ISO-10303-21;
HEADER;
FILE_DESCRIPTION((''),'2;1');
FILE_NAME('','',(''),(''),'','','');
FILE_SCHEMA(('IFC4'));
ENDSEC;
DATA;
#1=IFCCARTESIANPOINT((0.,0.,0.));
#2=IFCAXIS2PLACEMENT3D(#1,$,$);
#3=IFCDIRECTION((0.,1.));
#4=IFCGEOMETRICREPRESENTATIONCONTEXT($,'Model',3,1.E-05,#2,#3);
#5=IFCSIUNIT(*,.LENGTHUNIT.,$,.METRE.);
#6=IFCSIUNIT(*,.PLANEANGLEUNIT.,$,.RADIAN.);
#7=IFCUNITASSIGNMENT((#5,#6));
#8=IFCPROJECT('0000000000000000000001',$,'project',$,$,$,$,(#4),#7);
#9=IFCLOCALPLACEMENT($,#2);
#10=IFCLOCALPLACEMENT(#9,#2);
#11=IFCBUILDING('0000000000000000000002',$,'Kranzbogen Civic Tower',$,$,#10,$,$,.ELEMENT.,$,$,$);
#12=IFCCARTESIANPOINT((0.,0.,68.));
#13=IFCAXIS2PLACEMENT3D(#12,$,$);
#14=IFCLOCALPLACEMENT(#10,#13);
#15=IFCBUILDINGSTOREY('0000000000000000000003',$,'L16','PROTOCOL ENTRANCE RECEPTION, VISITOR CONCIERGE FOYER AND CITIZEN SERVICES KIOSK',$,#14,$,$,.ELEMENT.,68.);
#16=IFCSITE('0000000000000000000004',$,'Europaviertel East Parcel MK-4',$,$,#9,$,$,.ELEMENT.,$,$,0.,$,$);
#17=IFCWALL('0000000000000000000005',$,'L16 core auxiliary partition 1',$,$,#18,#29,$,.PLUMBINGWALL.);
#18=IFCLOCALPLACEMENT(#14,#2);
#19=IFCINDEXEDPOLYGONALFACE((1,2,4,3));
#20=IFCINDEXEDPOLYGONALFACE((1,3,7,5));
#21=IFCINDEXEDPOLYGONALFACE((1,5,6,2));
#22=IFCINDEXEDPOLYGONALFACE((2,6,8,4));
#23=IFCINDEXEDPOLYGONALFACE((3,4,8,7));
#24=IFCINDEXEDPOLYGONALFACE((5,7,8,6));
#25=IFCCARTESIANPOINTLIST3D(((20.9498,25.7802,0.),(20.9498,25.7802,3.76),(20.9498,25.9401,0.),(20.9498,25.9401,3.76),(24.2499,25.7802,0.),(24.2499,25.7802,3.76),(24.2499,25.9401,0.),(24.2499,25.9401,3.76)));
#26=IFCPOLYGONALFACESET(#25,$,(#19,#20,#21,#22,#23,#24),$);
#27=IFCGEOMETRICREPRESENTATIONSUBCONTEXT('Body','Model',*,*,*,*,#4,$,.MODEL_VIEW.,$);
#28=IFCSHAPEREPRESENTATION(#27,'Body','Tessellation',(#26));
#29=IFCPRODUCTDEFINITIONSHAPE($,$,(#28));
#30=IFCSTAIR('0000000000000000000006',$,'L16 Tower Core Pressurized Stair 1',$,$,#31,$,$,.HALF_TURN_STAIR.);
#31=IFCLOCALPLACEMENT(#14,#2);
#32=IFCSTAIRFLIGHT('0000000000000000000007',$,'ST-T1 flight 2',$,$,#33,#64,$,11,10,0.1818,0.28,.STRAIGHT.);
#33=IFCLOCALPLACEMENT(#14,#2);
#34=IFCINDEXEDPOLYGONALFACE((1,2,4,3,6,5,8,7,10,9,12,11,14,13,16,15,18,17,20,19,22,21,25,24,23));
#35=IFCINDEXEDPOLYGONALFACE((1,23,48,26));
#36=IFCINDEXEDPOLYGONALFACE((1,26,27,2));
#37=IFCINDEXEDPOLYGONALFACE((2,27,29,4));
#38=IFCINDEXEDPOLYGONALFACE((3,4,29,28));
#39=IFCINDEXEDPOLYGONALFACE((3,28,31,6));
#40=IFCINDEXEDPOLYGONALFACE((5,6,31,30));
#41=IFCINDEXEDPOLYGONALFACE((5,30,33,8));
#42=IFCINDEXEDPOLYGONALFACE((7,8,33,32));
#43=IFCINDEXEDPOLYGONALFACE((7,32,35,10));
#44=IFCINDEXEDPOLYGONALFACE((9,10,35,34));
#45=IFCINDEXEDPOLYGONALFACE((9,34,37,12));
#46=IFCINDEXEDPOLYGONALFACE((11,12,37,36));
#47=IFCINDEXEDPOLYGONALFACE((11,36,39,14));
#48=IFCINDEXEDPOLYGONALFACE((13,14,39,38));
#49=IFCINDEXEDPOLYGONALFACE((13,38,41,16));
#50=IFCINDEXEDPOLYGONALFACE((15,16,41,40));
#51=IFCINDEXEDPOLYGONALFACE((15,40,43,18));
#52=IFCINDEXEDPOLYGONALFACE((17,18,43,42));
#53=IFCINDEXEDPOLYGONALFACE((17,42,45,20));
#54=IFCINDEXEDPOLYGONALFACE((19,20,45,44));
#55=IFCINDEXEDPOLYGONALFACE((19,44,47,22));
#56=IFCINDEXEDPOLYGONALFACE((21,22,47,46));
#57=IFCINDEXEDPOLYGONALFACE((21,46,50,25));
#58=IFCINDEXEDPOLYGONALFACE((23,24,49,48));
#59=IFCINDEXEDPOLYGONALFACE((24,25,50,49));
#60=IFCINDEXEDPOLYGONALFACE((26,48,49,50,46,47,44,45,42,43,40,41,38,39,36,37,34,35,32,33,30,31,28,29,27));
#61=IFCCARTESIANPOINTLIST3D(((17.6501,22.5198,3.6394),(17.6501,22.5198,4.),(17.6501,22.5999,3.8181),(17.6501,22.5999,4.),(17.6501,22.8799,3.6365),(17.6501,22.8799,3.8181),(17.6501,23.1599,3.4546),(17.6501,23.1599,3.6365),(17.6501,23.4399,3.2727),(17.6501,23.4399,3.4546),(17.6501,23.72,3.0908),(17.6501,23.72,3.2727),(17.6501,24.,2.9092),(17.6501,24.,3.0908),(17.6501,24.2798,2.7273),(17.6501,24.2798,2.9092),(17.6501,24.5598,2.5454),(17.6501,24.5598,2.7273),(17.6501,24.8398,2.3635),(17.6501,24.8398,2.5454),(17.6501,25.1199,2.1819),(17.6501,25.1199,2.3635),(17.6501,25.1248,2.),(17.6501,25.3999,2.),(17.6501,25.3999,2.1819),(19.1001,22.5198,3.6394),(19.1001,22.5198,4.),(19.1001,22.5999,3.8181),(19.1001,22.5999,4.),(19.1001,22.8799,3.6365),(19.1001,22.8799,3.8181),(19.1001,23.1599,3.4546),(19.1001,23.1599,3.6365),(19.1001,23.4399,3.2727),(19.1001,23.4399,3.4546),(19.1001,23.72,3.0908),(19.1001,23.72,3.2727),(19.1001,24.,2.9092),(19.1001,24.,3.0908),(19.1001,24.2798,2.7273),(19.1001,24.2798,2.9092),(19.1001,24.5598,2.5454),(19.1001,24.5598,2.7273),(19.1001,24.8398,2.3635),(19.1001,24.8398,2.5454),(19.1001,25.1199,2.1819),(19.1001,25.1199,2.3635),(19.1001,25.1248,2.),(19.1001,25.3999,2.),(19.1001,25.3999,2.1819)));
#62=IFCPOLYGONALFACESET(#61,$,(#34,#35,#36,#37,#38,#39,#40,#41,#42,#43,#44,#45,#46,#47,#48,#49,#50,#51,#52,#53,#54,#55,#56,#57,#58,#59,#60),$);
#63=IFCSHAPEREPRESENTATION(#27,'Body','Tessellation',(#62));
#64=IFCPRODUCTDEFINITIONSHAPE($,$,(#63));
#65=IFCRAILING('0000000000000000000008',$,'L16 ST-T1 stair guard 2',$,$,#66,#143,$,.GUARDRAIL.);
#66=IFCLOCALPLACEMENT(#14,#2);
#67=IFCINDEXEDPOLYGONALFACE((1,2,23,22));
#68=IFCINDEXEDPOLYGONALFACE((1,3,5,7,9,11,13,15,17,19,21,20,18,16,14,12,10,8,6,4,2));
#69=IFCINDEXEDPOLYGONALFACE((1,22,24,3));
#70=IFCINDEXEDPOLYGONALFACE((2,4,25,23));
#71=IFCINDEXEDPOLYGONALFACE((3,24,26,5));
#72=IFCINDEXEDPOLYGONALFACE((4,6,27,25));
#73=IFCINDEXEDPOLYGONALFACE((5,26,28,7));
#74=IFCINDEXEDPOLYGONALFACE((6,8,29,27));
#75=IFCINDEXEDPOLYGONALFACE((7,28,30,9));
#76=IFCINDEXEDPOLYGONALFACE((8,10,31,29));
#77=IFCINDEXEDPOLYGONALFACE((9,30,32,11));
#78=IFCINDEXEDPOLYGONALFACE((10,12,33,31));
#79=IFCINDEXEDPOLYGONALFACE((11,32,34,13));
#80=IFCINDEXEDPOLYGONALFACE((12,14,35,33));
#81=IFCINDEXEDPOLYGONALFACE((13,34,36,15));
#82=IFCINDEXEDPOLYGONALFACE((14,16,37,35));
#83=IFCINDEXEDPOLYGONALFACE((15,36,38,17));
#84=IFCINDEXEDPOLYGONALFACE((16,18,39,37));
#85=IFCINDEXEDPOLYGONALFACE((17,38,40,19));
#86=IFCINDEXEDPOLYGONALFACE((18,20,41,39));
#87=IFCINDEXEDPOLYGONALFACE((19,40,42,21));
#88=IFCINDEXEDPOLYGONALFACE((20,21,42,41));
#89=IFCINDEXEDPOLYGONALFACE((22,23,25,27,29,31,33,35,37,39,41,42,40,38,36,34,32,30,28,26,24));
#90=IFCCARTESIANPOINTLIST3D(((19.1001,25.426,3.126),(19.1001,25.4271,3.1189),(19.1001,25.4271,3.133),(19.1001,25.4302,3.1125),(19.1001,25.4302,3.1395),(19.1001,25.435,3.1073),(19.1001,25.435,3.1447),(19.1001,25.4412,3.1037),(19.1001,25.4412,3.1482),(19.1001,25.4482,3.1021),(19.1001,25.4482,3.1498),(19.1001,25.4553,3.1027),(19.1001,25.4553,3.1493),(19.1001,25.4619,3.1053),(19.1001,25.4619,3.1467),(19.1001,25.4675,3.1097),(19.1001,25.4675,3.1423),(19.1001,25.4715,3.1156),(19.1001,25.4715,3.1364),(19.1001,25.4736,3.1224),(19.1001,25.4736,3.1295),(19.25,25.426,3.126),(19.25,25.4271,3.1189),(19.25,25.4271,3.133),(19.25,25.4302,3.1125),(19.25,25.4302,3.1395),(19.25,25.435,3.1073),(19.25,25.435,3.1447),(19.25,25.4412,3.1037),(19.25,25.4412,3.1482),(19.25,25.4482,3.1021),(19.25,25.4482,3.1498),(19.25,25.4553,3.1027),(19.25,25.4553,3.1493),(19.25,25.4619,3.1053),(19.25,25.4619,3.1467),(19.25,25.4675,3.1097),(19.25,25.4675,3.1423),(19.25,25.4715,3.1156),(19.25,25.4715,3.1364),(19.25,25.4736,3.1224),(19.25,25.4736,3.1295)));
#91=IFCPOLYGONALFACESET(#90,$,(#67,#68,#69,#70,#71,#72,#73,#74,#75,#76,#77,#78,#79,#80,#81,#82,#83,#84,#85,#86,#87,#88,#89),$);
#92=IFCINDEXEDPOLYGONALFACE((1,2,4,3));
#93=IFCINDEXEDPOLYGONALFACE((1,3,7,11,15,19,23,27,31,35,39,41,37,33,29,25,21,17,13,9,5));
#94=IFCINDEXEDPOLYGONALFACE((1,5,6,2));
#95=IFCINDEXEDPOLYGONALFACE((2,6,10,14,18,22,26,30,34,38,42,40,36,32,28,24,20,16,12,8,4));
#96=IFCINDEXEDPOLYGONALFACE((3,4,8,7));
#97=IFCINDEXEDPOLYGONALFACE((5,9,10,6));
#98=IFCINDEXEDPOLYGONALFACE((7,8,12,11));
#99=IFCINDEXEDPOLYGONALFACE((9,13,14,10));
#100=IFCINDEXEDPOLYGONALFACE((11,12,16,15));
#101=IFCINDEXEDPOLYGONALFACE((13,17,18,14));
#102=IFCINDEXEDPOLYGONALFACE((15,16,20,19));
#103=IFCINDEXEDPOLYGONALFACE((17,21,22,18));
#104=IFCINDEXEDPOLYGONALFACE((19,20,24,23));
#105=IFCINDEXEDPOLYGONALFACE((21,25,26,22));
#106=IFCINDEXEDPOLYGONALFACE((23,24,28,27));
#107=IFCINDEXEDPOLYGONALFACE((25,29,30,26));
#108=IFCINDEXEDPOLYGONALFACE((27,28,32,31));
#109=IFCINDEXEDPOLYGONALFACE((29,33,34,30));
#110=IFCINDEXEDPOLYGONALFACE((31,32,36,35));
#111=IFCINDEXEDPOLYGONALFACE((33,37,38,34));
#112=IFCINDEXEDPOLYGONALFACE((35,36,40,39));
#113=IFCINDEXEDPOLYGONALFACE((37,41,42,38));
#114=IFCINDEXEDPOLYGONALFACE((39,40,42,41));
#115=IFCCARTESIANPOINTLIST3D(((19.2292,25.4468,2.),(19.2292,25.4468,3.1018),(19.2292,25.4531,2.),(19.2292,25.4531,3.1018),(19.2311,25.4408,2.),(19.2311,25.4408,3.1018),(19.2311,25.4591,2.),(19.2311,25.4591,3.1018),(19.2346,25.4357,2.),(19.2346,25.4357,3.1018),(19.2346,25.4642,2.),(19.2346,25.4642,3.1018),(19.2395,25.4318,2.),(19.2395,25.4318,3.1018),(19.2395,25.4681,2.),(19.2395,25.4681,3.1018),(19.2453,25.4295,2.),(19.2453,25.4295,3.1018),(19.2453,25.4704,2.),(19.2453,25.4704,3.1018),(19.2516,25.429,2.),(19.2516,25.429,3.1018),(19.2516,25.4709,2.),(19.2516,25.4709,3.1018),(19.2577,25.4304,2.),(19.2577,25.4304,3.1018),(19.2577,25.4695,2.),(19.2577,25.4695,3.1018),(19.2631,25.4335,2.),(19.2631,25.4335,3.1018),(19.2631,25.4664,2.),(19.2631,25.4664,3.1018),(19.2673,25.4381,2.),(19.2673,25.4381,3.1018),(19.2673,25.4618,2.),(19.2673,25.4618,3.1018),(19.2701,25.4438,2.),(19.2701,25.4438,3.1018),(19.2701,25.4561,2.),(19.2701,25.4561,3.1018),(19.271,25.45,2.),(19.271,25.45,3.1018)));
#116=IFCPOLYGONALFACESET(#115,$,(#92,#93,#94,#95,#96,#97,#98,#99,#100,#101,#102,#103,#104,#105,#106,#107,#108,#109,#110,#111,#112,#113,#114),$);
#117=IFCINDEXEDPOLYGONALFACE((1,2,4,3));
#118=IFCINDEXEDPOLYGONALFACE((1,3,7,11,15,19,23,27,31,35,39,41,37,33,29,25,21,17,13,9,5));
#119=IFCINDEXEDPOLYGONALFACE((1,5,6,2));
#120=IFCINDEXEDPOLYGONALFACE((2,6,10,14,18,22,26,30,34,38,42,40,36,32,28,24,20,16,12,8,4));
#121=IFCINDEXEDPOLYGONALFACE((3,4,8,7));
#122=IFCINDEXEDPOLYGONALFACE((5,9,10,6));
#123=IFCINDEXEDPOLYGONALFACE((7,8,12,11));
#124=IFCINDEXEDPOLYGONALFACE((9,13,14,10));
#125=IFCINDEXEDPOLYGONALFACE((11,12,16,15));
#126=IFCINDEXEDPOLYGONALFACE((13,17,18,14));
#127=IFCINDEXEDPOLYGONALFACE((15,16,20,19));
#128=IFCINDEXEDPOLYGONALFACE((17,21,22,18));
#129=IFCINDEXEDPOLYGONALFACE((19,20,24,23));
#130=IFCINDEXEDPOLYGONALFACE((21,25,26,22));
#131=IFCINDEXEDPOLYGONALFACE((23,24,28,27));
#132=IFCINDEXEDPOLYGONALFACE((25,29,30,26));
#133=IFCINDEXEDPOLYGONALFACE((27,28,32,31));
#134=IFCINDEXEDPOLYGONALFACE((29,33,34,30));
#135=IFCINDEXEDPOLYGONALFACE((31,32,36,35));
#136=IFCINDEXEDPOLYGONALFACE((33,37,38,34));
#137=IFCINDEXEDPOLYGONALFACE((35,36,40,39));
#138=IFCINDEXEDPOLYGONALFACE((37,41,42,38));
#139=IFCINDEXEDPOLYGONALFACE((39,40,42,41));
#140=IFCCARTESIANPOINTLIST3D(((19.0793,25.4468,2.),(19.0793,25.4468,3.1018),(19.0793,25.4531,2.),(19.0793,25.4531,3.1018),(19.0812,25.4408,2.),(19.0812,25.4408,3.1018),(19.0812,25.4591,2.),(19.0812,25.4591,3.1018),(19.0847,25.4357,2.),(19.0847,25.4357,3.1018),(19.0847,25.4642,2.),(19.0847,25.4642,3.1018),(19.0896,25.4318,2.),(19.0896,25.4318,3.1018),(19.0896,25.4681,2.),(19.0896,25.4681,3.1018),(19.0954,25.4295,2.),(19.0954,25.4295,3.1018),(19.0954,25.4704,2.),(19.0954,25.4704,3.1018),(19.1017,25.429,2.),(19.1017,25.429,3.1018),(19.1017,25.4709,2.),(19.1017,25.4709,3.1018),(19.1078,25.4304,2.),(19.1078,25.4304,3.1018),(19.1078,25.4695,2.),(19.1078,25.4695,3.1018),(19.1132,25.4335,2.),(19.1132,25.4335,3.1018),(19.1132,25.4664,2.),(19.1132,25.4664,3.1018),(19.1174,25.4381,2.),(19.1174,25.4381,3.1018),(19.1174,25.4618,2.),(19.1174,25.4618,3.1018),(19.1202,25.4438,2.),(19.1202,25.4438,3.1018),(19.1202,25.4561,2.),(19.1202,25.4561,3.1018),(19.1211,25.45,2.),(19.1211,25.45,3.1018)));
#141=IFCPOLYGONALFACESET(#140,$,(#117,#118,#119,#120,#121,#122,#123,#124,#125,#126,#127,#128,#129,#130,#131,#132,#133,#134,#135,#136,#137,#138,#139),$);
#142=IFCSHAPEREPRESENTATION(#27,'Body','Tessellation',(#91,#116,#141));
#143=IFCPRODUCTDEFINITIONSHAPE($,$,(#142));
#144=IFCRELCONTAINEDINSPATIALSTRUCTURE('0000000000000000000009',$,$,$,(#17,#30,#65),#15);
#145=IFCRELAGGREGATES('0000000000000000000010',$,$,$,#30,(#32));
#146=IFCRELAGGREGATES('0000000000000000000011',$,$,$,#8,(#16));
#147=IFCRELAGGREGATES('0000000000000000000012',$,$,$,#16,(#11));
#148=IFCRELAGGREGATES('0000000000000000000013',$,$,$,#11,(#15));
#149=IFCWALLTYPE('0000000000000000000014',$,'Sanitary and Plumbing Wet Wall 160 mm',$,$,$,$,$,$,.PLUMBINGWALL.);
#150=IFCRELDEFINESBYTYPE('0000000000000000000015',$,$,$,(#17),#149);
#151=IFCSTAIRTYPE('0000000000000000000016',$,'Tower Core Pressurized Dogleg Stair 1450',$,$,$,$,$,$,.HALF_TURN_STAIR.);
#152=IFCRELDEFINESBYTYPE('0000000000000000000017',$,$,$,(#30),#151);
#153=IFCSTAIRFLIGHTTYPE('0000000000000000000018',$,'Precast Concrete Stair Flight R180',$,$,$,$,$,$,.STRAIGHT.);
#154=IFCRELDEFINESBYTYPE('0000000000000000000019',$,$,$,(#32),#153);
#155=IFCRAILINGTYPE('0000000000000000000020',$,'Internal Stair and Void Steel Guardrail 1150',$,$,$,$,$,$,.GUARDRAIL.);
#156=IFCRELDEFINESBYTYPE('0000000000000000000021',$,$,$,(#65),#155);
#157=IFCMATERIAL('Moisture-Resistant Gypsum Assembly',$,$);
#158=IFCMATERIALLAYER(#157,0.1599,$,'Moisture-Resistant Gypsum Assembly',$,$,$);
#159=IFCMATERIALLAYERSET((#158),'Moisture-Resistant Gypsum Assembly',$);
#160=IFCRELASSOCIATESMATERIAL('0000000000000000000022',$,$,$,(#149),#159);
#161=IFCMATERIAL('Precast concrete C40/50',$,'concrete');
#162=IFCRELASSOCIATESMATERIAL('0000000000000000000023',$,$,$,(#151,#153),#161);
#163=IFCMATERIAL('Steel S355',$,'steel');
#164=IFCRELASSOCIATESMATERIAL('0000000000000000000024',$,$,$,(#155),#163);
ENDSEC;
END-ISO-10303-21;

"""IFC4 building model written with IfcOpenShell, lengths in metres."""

from ifc_helpers import new_model, si_unit, direction, frame, frame_2d, origin, origin_2d, place, context, subcontext, project, spatial, polyline, rectangle, circle, outline, extrude, material, layer, layer_set, type_object, element, aggregate, save


model = new_model("IFC4")

# Units and contexts
model_context = context("Model", 3, precision=1e-05, world=origin(), true_north=direction((0.0, 1.0)))
body_context = subcontext(model_context, "Body", "Model", "MODEL_VIEW")
ifc_project = project(units=[si_unit("LENGTHUNIT", "METRE"), si_unit("PLANEANGLEUNIT", "RADIAN")], contexts=[model_context])

# Site, building, storey
site_placement = place(None, origin())
site = spatial("IfcSite", under=ifc_project, at=site_placement, Name="Europaviertel East Parcel MK-4", CompositionType="ELEMENT", RefElevation=0.0)
building_placement = place(site_placement, origin())
building = spatial("IfcBuilding", under=site, at=building_placement, Name="Kranzbogen Civic Tower", CompositionType="ELEMENT")
storey_placement = place(building_placement, frame((0.0, 0.0, 68.0)))
storey = spatial("IfcBuildingStorey", under=building, at=storey_placement, Name="L16", Description="PROTOCOL ENTRANCE RECEPTION, VISITOR CONCIERGE FOYER AND CITIZEN SERVICES KIOSK", CompositionType="ELEMENT", Elevation=68.0)

# Shared definitions
ifc_material_1 = material(Name="Steel S355", Category="steel")

# Wall
ifc_material_2 = material(Name="Moisture-Resistant Gypsum Assembly")
ifc_layer_1 = layer(ifc_material_2, 0.1599, Name="Moisture-Resistant Gypsum Assembly")
ifc_layer_set_1 = layer_set([ifc_layer_1], Name="Moisture-Resistant Gypsum Assembly")
wall_type_1 = type_object("IfcWallType", Name="Sanitary and Plumbing Wet Wall 160 mm", PredefinedType="PLUMBINGWALL", material=ifc_layer_set_1)
wall_1_placement = place(storey_placement, frame((20.95, 25.8601, 0.0), z_axis=(0.0, 0.0, 1.0), x_axis=(1.0, 0.0, 0.0)))
element("IfcWall", 1, at=wall_1_placement, inside=storey, type_object=wall_type_1, Name="L16 core auxiliary partition 1", PredefinedType="PLUMBINGWALL", context=body_context, shape_type="SweptSolid", body=[
    extrude(rectangle(XDim=3.3, YDim=0.1599, at=frame_2d((1.6499, 0.0))), origin(), (0.0, 0.0, 1.0), 3.76),
])

# Stair, stair flight
ifc_material_3 = material(Name="Precast concrete C40/50", Category="concrete")
stair_type = type_object("IfcStairType", Name="Tower Core Pressurized Dogleg Stair 1450", PredefinedType="HALF_TURN_STAIR", material=ifc_material_3)
stair_placement = place(storey_placement, origin())
stair = element("IfcStair", 2, at=stair_placement, inside=storey, type_object=stair_type, Name="L16 Tower Core Pressurized Stair 1", PredefinedType="HALF_TURN_STAIR")
stair_flight_type = type_object("IfcStairFlightType", Name="Precast Concrete Stair Flight R180", PredefinedType="STRAIGHT", material=ifc_material_3)
stair_flight_placement = place(storey_placement, frame((18.375, 25.3999, 2.0), z_axis=(0.0, 0.0, 1.0), x_axis=(0.0, -1.0, 0.0)))
stair_flight = element("IfcStairFlight", 3, at=stair_flight_placement, type_object=stair_flight_type, Name="ST-T1 flight 2", NumberOfRisers=11, NumberOfTreads=10, PredefinedType="STRAIGHT", RiserHeight=0.1818, TreadLength=0.28, context=body_context, shape_type="SweptSolid", body=[
    extrude(outline(polyline([(0.0, 0.0), (0.0, 0.1819), (0.28, 0.1819), (0.28, 0.3635), (0.5601, 0.3635), (0.5601, 0.5454), (0.8401, 0.5454), (0.8401, 0.7273), (1.1201, 0.7273), (1.1201, 0.9092), (1.3999, 0.9092), (1.3999, 1.0908), (1.6799, 1.0908), (1.6799, 1.2727), (1.96, 1.2727), (1.96, 1.4546), (2.24, 1.4546), (2.24, 1.6365), (2.52, 1.6365), (2.52, 1.8181), (2.8, 1.8181), (2.8, 2.0), (2.8801, 2.0), (2.8801, 1.6394), (0.2751, 0.0), (0.0, 0.0)])), frame((0.0, 0.7251, 0.0), z_axis=(0.0, -1.0, 0.0), x_axis=(1.0, 0.0, 0.0)), (0.0, 0.0, 1.0), 1.45),
])
aggregate(stair, [stair_flight])

# Railing
railing_type_1 = type_object("IfcRailingType", Name="Internal Stair and Void Steel Guardrail 1150", PredefinedType="GUARDRAIL", material=ifc_material_1)
railing_1_placement = place(storey_placement, frame((19.25, 25.45, 2.0)))
element("IfcRailing", 4, at=railing_1_placement, inside=storey, type_object=railing_type_1, Name="L16 ST-T1 stair guard 2", PredefinedType="GUARDRAIL", context=body_context, shape_type="SweptSolid", body=[
    extrude(circle(Radius=0.0239, at=origin_2d()), frame((0.0, 0.0, 1.126), z_axis=(-1.0, 0.0, 0.0), x_axis=(0.0, -1.0, 0.0)), (0.0, 0.0, 1.0), 0.1499),
    extrude(circle(Radius=0.021, at=origin_2d()), origin(), (0.0, 0.0, 1.0), 1.1018),
    extrude(circle(Radius=0.021, at=origin_2d()), frame((-0.1499, 0.0, 0.0)), (0.0, 0.0, 1.0), 1.1018),
])

save(model, "model.ifc")
